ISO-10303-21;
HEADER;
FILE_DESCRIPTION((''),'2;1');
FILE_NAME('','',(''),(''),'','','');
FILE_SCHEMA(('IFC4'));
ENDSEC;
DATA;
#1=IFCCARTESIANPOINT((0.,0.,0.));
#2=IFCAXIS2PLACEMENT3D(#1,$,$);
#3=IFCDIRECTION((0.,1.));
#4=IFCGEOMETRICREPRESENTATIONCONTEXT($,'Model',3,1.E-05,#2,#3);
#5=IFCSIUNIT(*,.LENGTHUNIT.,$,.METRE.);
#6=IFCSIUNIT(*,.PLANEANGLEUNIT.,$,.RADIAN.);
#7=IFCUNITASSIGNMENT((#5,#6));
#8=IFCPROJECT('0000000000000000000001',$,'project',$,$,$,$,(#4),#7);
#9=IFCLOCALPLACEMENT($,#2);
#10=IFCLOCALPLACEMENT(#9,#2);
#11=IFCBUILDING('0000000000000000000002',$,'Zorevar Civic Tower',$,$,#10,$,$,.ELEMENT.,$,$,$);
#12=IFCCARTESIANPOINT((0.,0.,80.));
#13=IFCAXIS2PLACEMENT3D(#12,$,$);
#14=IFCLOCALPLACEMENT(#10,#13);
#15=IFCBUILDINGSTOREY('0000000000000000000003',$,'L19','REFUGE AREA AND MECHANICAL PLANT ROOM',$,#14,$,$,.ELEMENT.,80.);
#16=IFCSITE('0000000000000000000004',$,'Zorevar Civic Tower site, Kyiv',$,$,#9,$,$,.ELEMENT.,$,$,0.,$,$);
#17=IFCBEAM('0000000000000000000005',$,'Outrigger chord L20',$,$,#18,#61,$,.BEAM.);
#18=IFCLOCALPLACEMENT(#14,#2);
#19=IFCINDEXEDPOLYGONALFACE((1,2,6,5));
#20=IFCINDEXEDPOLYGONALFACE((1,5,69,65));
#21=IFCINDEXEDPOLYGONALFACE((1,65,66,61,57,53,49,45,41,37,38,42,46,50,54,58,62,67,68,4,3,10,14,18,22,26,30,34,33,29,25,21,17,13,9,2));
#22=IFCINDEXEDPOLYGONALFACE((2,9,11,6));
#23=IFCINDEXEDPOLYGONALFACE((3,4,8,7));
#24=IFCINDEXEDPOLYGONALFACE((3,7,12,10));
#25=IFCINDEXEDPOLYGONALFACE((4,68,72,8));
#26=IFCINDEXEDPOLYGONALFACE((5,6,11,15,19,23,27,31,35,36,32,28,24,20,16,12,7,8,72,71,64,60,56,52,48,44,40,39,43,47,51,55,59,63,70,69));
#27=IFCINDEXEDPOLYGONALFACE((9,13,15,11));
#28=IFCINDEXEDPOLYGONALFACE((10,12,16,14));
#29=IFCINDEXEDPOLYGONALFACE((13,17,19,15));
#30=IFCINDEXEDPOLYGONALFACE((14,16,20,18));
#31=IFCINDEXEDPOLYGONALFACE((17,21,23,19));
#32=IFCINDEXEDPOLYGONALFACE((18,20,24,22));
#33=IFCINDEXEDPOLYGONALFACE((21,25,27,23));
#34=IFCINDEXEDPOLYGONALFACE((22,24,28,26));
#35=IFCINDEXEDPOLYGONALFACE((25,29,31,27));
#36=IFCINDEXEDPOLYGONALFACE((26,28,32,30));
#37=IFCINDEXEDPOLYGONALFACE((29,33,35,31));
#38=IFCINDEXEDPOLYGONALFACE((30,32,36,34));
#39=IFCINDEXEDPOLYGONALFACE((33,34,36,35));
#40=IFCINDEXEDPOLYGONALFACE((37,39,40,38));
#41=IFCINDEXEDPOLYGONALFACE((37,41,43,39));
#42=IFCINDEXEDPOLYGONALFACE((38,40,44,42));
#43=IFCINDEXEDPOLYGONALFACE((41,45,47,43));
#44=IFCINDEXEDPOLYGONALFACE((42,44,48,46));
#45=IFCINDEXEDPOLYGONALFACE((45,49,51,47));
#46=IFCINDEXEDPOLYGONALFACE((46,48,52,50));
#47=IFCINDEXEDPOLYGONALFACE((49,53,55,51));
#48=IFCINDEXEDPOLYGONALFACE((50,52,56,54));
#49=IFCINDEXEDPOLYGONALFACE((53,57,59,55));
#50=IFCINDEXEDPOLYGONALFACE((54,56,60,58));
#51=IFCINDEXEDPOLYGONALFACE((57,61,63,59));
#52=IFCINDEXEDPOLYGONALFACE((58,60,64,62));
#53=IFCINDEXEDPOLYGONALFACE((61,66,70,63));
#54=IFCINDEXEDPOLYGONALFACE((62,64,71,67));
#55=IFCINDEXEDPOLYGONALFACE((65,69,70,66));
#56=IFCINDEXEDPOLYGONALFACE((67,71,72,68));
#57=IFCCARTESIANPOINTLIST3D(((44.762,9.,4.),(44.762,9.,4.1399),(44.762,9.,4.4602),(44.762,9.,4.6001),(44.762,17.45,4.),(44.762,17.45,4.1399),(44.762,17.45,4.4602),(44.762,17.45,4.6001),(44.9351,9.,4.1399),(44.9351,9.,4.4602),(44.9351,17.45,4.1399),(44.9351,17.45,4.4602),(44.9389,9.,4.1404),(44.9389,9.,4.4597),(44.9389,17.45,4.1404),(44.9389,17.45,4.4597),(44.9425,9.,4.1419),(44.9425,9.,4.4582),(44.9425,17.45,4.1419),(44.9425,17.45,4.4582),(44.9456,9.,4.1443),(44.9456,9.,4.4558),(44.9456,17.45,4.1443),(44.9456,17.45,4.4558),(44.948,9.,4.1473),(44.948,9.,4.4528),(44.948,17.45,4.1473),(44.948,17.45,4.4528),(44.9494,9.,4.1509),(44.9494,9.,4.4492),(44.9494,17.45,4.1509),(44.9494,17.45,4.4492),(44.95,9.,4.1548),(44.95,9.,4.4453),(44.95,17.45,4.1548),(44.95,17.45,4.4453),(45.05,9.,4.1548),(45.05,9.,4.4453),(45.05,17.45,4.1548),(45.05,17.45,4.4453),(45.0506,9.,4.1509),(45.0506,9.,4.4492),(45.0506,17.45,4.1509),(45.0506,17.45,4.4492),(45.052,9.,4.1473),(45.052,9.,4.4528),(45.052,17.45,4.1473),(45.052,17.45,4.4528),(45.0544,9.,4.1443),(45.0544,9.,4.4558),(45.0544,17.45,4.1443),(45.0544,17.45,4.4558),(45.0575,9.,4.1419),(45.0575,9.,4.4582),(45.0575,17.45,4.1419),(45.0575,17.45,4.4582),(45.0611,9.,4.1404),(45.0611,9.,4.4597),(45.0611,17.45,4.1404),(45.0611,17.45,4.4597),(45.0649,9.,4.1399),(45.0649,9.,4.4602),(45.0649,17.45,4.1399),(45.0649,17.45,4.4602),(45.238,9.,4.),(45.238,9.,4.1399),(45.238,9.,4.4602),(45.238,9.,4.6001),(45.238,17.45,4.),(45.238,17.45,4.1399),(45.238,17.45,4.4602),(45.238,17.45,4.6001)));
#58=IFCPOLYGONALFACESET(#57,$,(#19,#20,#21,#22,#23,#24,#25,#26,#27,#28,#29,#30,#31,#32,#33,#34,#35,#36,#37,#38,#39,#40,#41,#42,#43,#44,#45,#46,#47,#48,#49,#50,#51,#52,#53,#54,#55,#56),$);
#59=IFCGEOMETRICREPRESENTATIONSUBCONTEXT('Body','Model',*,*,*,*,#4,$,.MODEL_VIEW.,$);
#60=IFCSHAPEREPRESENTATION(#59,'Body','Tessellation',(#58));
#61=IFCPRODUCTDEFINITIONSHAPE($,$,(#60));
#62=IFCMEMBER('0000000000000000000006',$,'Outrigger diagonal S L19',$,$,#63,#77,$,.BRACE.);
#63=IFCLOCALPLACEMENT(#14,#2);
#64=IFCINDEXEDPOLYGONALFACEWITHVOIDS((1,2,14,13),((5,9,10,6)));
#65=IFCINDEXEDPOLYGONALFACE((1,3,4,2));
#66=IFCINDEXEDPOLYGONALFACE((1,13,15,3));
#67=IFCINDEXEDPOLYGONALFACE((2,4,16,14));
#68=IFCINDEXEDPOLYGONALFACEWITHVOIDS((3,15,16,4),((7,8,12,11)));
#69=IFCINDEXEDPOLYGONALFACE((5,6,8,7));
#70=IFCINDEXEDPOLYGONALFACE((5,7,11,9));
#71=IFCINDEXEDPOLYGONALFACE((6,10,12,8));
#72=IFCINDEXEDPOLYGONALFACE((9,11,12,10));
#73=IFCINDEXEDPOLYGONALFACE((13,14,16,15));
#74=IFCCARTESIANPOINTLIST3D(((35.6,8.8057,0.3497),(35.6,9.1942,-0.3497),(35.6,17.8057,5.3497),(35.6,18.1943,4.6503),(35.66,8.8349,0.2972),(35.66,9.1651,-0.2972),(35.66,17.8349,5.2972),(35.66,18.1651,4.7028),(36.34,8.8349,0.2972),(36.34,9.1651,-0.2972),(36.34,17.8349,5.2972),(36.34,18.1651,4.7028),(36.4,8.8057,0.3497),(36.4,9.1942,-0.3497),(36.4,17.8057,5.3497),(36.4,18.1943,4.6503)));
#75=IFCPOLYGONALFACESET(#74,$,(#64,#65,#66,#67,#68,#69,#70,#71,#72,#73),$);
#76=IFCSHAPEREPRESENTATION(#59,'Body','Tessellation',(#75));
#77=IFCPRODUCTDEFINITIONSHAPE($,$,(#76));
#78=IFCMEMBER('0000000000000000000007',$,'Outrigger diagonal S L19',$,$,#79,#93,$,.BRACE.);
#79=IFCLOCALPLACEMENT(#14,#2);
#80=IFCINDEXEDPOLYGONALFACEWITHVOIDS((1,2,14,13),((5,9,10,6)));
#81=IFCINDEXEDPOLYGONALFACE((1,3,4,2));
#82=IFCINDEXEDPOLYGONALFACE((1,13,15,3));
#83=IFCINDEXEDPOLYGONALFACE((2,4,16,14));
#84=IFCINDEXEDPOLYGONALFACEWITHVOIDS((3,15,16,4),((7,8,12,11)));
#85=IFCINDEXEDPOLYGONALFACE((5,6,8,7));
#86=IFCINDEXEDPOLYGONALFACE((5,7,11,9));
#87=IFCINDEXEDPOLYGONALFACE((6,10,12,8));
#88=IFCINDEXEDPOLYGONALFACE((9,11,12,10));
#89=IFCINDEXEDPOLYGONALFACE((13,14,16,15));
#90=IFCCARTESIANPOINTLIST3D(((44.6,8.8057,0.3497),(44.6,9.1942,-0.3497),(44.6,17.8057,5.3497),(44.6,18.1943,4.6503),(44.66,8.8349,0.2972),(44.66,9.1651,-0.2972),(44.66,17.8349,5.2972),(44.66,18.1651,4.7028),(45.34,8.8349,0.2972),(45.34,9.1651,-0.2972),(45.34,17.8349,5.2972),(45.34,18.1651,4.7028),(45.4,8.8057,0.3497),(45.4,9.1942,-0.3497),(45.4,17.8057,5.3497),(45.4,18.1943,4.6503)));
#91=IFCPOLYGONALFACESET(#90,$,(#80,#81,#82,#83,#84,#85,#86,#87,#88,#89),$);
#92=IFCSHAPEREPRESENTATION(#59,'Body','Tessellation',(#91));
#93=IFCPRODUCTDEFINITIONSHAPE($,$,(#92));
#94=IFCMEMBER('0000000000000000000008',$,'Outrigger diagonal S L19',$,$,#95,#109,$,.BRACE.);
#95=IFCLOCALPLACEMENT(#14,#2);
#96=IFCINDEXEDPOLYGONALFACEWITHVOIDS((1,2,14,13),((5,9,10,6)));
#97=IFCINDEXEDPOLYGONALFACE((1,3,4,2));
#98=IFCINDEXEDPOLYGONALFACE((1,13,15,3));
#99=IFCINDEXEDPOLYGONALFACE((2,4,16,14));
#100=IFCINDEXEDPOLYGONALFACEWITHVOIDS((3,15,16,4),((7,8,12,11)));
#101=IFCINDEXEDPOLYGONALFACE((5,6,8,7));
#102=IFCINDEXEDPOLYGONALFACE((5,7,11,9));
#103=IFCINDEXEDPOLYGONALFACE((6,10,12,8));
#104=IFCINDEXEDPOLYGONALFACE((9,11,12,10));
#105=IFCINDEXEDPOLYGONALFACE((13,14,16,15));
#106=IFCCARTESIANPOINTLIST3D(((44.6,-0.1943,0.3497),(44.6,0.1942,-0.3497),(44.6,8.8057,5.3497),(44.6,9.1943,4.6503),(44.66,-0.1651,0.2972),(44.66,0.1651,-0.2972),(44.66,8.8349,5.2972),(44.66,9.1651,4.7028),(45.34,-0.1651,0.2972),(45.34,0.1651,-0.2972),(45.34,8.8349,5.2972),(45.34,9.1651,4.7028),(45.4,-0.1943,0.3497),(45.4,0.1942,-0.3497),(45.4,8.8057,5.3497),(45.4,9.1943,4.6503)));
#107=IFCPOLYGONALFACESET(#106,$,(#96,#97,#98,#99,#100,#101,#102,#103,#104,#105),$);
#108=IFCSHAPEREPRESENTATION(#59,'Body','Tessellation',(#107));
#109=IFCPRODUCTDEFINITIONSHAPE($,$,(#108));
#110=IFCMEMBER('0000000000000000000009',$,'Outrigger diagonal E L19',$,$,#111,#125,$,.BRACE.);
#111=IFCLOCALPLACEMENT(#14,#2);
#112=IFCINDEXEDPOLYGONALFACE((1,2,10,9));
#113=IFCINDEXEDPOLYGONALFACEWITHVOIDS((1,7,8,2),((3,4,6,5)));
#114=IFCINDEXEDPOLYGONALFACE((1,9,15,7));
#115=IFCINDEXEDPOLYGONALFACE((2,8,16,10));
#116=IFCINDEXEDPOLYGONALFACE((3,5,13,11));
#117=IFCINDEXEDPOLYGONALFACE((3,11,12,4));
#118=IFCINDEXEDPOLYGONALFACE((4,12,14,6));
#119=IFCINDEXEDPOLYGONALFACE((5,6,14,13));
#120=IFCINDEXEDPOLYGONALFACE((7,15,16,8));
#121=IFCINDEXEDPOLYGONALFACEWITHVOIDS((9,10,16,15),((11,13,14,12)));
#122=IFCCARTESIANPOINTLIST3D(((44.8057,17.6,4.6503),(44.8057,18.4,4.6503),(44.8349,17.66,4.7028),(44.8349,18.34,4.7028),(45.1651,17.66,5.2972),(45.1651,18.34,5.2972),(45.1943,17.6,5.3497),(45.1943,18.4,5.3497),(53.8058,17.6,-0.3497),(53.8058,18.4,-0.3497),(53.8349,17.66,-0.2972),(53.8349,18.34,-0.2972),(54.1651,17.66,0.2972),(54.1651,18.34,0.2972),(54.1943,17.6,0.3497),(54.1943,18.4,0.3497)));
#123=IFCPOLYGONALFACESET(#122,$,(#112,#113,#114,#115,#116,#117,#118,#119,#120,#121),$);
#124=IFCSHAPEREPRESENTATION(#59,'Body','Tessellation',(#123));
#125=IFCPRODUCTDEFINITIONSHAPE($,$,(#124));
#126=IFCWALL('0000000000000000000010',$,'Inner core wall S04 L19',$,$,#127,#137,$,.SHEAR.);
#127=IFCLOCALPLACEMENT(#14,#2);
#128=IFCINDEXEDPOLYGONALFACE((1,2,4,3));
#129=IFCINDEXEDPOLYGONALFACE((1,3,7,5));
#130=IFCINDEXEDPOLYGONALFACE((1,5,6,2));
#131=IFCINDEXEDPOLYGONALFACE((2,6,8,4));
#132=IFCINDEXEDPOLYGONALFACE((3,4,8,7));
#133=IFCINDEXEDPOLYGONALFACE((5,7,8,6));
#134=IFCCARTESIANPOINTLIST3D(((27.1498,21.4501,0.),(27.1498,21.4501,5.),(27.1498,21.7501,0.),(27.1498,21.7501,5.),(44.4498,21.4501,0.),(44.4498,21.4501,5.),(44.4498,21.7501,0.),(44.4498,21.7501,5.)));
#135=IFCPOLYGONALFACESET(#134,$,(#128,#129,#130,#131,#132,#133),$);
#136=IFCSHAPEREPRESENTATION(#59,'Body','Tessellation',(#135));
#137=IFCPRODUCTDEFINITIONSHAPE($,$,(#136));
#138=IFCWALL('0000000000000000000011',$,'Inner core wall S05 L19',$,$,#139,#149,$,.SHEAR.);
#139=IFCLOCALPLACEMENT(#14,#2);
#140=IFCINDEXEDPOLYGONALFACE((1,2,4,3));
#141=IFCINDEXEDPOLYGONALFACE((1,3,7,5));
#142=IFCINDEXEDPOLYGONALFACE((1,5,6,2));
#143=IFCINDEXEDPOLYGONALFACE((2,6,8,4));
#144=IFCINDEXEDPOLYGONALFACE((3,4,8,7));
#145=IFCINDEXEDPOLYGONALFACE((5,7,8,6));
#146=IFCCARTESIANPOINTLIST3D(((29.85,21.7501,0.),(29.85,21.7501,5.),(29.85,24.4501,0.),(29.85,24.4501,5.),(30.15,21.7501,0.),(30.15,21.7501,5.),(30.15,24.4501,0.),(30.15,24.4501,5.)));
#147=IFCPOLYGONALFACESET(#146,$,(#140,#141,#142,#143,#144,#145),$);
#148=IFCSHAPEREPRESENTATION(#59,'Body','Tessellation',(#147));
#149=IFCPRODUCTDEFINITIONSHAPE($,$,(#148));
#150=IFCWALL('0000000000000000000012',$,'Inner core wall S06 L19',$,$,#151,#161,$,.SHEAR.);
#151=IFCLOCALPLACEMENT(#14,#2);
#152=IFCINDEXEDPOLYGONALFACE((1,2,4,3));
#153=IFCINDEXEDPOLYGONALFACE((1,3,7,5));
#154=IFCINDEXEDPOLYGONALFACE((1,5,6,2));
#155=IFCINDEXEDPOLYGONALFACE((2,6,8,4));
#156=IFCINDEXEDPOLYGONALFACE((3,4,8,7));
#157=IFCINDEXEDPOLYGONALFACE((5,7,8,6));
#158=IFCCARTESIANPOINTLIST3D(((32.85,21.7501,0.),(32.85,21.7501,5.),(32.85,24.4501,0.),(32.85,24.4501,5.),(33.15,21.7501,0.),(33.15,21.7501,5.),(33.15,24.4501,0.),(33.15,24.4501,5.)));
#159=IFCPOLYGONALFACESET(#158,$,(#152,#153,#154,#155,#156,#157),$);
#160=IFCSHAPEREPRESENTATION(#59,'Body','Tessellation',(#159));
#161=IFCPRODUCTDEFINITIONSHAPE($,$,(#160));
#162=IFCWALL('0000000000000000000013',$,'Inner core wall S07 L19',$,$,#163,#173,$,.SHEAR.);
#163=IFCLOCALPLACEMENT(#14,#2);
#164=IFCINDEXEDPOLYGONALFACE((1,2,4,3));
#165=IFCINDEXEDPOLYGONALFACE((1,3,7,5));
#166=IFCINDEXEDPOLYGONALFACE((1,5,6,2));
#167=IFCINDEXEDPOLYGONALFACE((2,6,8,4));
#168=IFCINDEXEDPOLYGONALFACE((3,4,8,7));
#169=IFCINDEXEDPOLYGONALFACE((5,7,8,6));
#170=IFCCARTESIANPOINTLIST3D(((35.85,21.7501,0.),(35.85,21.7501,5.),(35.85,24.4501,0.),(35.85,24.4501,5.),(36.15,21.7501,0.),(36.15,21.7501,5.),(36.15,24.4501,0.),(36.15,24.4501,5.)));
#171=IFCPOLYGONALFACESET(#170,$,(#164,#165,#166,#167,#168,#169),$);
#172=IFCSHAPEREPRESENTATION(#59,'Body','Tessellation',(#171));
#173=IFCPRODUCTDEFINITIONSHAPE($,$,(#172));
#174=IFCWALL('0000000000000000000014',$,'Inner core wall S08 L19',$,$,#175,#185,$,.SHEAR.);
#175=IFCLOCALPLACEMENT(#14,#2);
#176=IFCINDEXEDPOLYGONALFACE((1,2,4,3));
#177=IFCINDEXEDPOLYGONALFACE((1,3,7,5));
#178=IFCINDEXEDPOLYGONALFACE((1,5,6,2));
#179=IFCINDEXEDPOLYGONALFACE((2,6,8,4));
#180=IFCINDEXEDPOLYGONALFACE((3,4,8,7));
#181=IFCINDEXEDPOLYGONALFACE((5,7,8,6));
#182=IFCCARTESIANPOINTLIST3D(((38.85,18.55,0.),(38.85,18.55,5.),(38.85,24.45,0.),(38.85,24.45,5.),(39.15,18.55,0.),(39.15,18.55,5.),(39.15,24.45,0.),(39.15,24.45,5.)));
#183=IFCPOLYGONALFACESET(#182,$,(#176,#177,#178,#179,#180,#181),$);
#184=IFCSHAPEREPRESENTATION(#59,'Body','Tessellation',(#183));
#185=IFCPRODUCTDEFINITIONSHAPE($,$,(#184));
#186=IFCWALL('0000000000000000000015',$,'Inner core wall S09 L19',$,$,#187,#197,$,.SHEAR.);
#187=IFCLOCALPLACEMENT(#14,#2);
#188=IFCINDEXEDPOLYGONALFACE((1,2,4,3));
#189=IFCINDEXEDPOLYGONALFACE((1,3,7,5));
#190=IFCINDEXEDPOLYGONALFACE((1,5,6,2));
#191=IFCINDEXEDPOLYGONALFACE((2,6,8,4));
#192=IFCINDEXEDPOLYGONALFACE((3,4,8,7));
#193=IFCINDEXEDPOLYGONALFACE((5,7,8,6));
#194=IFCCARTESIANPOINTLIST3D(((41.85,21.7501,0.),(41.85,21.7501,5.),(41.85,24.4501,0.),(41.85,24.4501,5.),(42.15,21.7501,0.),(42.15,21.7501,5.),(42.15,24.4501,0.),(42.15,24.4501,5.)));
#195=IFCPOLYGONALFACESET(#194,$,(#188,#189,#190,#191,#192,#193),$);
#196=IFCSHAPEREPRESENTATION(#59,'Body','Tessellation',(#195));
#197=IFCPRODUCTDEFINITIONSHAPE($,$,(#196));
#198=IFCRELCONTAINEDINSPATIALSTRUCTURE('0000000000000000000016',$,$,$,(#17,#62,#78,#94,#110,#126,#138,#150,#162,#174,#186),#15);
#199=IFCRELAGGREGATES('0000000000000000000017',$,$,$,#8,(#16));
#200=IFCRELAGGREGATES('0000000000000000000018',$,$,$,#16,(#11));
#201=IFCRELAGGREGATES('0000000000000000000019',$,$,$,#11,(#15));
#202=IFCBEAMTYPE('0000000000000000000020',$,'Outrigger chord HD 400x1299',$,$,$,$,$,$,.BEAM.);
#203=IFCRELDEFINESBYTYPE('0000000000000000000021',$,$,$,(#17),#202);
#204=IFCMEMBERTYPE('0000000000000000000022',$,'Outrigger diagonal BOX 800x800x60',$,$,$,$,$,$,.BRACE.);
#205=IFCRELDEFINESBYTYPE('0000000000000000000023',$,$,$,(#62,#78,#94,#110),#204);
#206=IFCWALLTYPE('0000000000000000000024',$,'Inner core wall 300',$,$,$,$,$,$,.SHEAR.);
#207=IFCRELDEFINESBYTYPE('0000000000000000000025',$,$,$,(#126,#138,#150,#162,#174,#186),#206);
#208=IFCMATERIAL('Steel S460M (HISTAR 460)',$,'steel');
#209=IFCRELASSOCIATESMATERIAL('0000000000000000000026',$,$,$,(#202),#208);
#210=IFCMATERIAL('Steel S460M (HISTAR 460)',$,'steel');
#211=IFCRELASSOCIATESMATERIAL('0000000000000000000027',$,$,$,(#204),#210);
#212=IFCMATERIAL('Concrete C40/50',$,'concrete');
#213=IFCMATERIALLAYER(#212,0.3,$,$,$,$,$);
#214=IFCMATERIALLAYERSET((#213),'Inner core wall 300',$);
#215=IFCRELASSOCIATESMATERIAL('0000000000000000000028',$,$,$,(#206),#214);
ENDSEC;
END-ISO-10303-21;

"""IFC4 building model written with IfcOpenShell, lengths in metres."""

from ifc_helpers import new_model, si_unit, direction, frame, frame_2d, origin, origin_2d, place, context, subcontext, project, spatial, rectangle, hollow_rectangle, i_section, extrude, material, layer, layer_set, material_profile, profile_set, type_object, element, save


model = new_model("IFC4")

# Units and contexts
model_context = context("Model", 3, precision=1e-05, world=origin(), true_north=direction((0.0, 1.0)))
body_context = subcontext(model_context, "Body", "Model", "MODEL_VIEW")
ifc_project = project(units=[si_unit("LENGTHUNIT", "METRE"), si_unit("PLANEANGLEUNIT", "RADIAN")], contexts=[model_context])

# Site, building, storey
site_placement = place(None, origin())
site = spatial("IfcSite", under=ifc_project, at=site_placement, Name="Zorevar Civic Tower site, Kyiv", CompositionType="ELEMENT", RefElevation=0.0)
building_placement = place(site_placement, origin())
building = spatial("IfcBuilding", under=site, at=building_placement, Name="Zorevar Civic Tower", CompositionType="ELEMENT")
storey_placement = place(building_placement, frame((0.0, 0.0, 80.0)))
storey = spatial("IfcBuildingStorey", under=building, at=storey_placement, Name="L19", Description="REFUGE AREA AND MECHANICAL PLANT ROOM", CompositionType="ELEMENT", Elevation=80.0)

# Beam
ifc_material_1 = material(Name="Steel S460M (HISTAR 460)", Category="steel")
ifc_material_profile_1 = material_profile(ifc_material_1, i_section(OverallWidth=0.4761, OverallDepth=0.6001, WebThickness=0.1001, FlangeThickness=0.1399, FilletRadius=0.0149, at=origin_2d()), Name="HD 400x1299")
ifc_profile_set_1 = profile_set([ifc_material_profile_1], Name="Steel S460M (HISTAR 460)")
beam_type_1 = type_object("IfcBeamType", Name="Outrigger chord HD 400x1299", PredefinedType="BEAM", material=ifc_profile_set_1)
for number, where, z_axis, x_axis, name in (
    (1, (45.0, 9.0, 4.3), (0.0, 1.0, 0.0), (-1.0, 0.0, 0.0), "Outrigger chord L20"),
):
    element("IfcBeam", number, at=place(storey_placement, frame(where, z_axis=z_axis, x_axis=x_axis)), inside=storey, type_object=beam_type_1, Name=name, PredefinedType="BEAM", context=body_context, shape_type="SweptSolid", body=[
        extrude(i_section(OverallWidth=0.4761, OverallDepth=0.6001, WebThickness=0.1001, FlangeThickness=0.1399, FilletRadius=0.0149, at=origin_2d()), origin(), (0.0, 0.0, 1.0), 8.45),
    ])

# Members
ifc_material_2 = material(Name="Steel S460M (HISTAR 460)", Category="steel")
ifc_material_profile_2 = material_profile(ifc_material_2, hollow_rectangle(XDim=0.8, YDim=0.8, WallThickness=0.0601, at=origin_2d()), Name="BOX 800x800x60")
ifc_profile_set_2 = profile_set([ifc_material_profile_2], Name="Steel S460M (HISTAR 460)")
member_type = type_object("IfcMemberType", Name="Outrigger diagonal BOX 800x800x60", PredefinedType="BRACE", material=ifc_profile_set_2)
for number, where, z_axis, x_axis, name in (
    (2, (36.0, 18.0, 5.0), (0.0, -0.874157, -0.485643), (1.0, 0.0, 0.0), "Outrigger diagonal S L19"),
    (3, (45.0, 18.0, 5.0), (0.0, -0.874157, -0.485643), (1.0, 0.0, 0.0), "Outrigger diagonal S L19"),
    (4, (45.0, 9.0, 5.0), (0.0, -0.874157, -0.485643), (1.0, 0.0, 0.0), "Outrigger diagonal S L19"),
    (5, (45.0, 18.0, 5.0), (0.874157, 0.0, -0.485643), (0.0, 1.0, 0.0), "Outrigger diagonal E L19"),
):
    element("IfcMember", number, at=place(storey_placement, frame(where, z_axis=z_axis, x_axis=x_axis)), inside=storey, type_object=member_type, Name=name, PredefinedType="BRACE", context=body_context, shape_type="SweptSolid", body=[
        extrude(hollow_rectangle(XDim=0.8, YDim=0.8, WallThickness=0.0601, at=origin_2d()), origin(), (0.0, 0.0, 1.0), 10.2957),
    ])

# Walls
ifc_material_3 = material(Name="Concrete C40/50", Category="concrete")
ifc_layer_1 = layer(ifc_material_3, 0.3)
ifc_layer_set_1 = layer_set([ifc_layer_1], Name="Inner core wall 300")
wall_type_1 = type_object("IfcWallType", Name="Inner core wall 300", PredefinedType="SHEAR", material=ifc_layer_set_1)
wall_1_placement = place(storey_placement, frame((27.1499, 21.6001, 0.0), z_axis=(0.0, 0.0, 1.0), x_axis=(1.0, 0.0, 0.0)))
element("IfcWall", 6, at=wall_1_placement, inside=storey, type_object=wall_type_1, Name="Inner core wall S04 L19", PredefinedType="SHEAR", context=body_context, shape_type="SweptSolid", body=[
    extrude(rectangle(XDim=17.3, YDim=0.3, at=frame_2d((8.6499, 0.0))), origin(), (0.0, 0.0, 1.0), 5.0),
])
for number, where, z_axis, x_axis, name in (
    (7, (30.0, 21.75, 0.0), (0.0, 0.0, 1.0), (0.0, 1.0, 0.0), "Inner core wall S05 L19"),
    (8, (33.0, 21.75, 0.0), (0.0, 0.0, 1.0), (0.0, 1.0, 0.0), "Inner core wall S06 L19"),
    (9, (36.0, 21.75, 0.0), (0.0, 0.0, 1.0), (0.0, 1.0, 0.0), "Inner core wall S07 L19"),
):
    element("IfcWall", number, at=place(storey_placement, frame(where, z_axis=z_axis, x_axis=x_axis)), inside=storey, type_object=wall_type_1, Name=name, PredefinedType="SHEAR", context=body_context, shape_type="SweptSolid", body=[
        extrude(rectangle(XDim=2.7, YDim=0.3, at=frame_2d((1.3501, 0.0))), origin(), (0.0, 0.0, 1.0), 5.0),
    ])
wall_2_placement = place(storey_placement, frame((39.0, 18.55, 0.0), z_axis=(0.0, 0.0, 1.0), x_axis=(0.0, 1.0, 0.0)))
element("IfcWall", 10, at=wall_2_placement, inside=storey, type_object=wall_type_1, Name="Inner core wall S08 L19", PredefinedType="SHEAR", context=body_context, shape_type="SweptSolid", body=[
    extrude(rectangle(XDim=5.8999, YDim=0.3, at=frame_2d((2.95, 0.0))), origin(), (0.0, 0.0, 1.0), 5.0),
])
wall_3_placement = place(storey_placement, frame((42.0, 21.75, 0.0), z_axis=(0.0, 0.0, 1.0), x_axis=(0.0, 1.0, 0.0)))
element("IfcWall", 11, at=wall_3_placement, inside=storey, type_object=wall_type_1, Name="Inner core wall S09 L19", PredefinedType="SHEAR", context=body_context, shape_type="SweptSolid", body=[
    extrude(rectangle(XDim=2.7, YDim=0.3, at=frame_2d((1.3501, 0.0))), origin(), (0.0, 0.0, 1.0), 5.0),
])

save(model, "model.ifc")
